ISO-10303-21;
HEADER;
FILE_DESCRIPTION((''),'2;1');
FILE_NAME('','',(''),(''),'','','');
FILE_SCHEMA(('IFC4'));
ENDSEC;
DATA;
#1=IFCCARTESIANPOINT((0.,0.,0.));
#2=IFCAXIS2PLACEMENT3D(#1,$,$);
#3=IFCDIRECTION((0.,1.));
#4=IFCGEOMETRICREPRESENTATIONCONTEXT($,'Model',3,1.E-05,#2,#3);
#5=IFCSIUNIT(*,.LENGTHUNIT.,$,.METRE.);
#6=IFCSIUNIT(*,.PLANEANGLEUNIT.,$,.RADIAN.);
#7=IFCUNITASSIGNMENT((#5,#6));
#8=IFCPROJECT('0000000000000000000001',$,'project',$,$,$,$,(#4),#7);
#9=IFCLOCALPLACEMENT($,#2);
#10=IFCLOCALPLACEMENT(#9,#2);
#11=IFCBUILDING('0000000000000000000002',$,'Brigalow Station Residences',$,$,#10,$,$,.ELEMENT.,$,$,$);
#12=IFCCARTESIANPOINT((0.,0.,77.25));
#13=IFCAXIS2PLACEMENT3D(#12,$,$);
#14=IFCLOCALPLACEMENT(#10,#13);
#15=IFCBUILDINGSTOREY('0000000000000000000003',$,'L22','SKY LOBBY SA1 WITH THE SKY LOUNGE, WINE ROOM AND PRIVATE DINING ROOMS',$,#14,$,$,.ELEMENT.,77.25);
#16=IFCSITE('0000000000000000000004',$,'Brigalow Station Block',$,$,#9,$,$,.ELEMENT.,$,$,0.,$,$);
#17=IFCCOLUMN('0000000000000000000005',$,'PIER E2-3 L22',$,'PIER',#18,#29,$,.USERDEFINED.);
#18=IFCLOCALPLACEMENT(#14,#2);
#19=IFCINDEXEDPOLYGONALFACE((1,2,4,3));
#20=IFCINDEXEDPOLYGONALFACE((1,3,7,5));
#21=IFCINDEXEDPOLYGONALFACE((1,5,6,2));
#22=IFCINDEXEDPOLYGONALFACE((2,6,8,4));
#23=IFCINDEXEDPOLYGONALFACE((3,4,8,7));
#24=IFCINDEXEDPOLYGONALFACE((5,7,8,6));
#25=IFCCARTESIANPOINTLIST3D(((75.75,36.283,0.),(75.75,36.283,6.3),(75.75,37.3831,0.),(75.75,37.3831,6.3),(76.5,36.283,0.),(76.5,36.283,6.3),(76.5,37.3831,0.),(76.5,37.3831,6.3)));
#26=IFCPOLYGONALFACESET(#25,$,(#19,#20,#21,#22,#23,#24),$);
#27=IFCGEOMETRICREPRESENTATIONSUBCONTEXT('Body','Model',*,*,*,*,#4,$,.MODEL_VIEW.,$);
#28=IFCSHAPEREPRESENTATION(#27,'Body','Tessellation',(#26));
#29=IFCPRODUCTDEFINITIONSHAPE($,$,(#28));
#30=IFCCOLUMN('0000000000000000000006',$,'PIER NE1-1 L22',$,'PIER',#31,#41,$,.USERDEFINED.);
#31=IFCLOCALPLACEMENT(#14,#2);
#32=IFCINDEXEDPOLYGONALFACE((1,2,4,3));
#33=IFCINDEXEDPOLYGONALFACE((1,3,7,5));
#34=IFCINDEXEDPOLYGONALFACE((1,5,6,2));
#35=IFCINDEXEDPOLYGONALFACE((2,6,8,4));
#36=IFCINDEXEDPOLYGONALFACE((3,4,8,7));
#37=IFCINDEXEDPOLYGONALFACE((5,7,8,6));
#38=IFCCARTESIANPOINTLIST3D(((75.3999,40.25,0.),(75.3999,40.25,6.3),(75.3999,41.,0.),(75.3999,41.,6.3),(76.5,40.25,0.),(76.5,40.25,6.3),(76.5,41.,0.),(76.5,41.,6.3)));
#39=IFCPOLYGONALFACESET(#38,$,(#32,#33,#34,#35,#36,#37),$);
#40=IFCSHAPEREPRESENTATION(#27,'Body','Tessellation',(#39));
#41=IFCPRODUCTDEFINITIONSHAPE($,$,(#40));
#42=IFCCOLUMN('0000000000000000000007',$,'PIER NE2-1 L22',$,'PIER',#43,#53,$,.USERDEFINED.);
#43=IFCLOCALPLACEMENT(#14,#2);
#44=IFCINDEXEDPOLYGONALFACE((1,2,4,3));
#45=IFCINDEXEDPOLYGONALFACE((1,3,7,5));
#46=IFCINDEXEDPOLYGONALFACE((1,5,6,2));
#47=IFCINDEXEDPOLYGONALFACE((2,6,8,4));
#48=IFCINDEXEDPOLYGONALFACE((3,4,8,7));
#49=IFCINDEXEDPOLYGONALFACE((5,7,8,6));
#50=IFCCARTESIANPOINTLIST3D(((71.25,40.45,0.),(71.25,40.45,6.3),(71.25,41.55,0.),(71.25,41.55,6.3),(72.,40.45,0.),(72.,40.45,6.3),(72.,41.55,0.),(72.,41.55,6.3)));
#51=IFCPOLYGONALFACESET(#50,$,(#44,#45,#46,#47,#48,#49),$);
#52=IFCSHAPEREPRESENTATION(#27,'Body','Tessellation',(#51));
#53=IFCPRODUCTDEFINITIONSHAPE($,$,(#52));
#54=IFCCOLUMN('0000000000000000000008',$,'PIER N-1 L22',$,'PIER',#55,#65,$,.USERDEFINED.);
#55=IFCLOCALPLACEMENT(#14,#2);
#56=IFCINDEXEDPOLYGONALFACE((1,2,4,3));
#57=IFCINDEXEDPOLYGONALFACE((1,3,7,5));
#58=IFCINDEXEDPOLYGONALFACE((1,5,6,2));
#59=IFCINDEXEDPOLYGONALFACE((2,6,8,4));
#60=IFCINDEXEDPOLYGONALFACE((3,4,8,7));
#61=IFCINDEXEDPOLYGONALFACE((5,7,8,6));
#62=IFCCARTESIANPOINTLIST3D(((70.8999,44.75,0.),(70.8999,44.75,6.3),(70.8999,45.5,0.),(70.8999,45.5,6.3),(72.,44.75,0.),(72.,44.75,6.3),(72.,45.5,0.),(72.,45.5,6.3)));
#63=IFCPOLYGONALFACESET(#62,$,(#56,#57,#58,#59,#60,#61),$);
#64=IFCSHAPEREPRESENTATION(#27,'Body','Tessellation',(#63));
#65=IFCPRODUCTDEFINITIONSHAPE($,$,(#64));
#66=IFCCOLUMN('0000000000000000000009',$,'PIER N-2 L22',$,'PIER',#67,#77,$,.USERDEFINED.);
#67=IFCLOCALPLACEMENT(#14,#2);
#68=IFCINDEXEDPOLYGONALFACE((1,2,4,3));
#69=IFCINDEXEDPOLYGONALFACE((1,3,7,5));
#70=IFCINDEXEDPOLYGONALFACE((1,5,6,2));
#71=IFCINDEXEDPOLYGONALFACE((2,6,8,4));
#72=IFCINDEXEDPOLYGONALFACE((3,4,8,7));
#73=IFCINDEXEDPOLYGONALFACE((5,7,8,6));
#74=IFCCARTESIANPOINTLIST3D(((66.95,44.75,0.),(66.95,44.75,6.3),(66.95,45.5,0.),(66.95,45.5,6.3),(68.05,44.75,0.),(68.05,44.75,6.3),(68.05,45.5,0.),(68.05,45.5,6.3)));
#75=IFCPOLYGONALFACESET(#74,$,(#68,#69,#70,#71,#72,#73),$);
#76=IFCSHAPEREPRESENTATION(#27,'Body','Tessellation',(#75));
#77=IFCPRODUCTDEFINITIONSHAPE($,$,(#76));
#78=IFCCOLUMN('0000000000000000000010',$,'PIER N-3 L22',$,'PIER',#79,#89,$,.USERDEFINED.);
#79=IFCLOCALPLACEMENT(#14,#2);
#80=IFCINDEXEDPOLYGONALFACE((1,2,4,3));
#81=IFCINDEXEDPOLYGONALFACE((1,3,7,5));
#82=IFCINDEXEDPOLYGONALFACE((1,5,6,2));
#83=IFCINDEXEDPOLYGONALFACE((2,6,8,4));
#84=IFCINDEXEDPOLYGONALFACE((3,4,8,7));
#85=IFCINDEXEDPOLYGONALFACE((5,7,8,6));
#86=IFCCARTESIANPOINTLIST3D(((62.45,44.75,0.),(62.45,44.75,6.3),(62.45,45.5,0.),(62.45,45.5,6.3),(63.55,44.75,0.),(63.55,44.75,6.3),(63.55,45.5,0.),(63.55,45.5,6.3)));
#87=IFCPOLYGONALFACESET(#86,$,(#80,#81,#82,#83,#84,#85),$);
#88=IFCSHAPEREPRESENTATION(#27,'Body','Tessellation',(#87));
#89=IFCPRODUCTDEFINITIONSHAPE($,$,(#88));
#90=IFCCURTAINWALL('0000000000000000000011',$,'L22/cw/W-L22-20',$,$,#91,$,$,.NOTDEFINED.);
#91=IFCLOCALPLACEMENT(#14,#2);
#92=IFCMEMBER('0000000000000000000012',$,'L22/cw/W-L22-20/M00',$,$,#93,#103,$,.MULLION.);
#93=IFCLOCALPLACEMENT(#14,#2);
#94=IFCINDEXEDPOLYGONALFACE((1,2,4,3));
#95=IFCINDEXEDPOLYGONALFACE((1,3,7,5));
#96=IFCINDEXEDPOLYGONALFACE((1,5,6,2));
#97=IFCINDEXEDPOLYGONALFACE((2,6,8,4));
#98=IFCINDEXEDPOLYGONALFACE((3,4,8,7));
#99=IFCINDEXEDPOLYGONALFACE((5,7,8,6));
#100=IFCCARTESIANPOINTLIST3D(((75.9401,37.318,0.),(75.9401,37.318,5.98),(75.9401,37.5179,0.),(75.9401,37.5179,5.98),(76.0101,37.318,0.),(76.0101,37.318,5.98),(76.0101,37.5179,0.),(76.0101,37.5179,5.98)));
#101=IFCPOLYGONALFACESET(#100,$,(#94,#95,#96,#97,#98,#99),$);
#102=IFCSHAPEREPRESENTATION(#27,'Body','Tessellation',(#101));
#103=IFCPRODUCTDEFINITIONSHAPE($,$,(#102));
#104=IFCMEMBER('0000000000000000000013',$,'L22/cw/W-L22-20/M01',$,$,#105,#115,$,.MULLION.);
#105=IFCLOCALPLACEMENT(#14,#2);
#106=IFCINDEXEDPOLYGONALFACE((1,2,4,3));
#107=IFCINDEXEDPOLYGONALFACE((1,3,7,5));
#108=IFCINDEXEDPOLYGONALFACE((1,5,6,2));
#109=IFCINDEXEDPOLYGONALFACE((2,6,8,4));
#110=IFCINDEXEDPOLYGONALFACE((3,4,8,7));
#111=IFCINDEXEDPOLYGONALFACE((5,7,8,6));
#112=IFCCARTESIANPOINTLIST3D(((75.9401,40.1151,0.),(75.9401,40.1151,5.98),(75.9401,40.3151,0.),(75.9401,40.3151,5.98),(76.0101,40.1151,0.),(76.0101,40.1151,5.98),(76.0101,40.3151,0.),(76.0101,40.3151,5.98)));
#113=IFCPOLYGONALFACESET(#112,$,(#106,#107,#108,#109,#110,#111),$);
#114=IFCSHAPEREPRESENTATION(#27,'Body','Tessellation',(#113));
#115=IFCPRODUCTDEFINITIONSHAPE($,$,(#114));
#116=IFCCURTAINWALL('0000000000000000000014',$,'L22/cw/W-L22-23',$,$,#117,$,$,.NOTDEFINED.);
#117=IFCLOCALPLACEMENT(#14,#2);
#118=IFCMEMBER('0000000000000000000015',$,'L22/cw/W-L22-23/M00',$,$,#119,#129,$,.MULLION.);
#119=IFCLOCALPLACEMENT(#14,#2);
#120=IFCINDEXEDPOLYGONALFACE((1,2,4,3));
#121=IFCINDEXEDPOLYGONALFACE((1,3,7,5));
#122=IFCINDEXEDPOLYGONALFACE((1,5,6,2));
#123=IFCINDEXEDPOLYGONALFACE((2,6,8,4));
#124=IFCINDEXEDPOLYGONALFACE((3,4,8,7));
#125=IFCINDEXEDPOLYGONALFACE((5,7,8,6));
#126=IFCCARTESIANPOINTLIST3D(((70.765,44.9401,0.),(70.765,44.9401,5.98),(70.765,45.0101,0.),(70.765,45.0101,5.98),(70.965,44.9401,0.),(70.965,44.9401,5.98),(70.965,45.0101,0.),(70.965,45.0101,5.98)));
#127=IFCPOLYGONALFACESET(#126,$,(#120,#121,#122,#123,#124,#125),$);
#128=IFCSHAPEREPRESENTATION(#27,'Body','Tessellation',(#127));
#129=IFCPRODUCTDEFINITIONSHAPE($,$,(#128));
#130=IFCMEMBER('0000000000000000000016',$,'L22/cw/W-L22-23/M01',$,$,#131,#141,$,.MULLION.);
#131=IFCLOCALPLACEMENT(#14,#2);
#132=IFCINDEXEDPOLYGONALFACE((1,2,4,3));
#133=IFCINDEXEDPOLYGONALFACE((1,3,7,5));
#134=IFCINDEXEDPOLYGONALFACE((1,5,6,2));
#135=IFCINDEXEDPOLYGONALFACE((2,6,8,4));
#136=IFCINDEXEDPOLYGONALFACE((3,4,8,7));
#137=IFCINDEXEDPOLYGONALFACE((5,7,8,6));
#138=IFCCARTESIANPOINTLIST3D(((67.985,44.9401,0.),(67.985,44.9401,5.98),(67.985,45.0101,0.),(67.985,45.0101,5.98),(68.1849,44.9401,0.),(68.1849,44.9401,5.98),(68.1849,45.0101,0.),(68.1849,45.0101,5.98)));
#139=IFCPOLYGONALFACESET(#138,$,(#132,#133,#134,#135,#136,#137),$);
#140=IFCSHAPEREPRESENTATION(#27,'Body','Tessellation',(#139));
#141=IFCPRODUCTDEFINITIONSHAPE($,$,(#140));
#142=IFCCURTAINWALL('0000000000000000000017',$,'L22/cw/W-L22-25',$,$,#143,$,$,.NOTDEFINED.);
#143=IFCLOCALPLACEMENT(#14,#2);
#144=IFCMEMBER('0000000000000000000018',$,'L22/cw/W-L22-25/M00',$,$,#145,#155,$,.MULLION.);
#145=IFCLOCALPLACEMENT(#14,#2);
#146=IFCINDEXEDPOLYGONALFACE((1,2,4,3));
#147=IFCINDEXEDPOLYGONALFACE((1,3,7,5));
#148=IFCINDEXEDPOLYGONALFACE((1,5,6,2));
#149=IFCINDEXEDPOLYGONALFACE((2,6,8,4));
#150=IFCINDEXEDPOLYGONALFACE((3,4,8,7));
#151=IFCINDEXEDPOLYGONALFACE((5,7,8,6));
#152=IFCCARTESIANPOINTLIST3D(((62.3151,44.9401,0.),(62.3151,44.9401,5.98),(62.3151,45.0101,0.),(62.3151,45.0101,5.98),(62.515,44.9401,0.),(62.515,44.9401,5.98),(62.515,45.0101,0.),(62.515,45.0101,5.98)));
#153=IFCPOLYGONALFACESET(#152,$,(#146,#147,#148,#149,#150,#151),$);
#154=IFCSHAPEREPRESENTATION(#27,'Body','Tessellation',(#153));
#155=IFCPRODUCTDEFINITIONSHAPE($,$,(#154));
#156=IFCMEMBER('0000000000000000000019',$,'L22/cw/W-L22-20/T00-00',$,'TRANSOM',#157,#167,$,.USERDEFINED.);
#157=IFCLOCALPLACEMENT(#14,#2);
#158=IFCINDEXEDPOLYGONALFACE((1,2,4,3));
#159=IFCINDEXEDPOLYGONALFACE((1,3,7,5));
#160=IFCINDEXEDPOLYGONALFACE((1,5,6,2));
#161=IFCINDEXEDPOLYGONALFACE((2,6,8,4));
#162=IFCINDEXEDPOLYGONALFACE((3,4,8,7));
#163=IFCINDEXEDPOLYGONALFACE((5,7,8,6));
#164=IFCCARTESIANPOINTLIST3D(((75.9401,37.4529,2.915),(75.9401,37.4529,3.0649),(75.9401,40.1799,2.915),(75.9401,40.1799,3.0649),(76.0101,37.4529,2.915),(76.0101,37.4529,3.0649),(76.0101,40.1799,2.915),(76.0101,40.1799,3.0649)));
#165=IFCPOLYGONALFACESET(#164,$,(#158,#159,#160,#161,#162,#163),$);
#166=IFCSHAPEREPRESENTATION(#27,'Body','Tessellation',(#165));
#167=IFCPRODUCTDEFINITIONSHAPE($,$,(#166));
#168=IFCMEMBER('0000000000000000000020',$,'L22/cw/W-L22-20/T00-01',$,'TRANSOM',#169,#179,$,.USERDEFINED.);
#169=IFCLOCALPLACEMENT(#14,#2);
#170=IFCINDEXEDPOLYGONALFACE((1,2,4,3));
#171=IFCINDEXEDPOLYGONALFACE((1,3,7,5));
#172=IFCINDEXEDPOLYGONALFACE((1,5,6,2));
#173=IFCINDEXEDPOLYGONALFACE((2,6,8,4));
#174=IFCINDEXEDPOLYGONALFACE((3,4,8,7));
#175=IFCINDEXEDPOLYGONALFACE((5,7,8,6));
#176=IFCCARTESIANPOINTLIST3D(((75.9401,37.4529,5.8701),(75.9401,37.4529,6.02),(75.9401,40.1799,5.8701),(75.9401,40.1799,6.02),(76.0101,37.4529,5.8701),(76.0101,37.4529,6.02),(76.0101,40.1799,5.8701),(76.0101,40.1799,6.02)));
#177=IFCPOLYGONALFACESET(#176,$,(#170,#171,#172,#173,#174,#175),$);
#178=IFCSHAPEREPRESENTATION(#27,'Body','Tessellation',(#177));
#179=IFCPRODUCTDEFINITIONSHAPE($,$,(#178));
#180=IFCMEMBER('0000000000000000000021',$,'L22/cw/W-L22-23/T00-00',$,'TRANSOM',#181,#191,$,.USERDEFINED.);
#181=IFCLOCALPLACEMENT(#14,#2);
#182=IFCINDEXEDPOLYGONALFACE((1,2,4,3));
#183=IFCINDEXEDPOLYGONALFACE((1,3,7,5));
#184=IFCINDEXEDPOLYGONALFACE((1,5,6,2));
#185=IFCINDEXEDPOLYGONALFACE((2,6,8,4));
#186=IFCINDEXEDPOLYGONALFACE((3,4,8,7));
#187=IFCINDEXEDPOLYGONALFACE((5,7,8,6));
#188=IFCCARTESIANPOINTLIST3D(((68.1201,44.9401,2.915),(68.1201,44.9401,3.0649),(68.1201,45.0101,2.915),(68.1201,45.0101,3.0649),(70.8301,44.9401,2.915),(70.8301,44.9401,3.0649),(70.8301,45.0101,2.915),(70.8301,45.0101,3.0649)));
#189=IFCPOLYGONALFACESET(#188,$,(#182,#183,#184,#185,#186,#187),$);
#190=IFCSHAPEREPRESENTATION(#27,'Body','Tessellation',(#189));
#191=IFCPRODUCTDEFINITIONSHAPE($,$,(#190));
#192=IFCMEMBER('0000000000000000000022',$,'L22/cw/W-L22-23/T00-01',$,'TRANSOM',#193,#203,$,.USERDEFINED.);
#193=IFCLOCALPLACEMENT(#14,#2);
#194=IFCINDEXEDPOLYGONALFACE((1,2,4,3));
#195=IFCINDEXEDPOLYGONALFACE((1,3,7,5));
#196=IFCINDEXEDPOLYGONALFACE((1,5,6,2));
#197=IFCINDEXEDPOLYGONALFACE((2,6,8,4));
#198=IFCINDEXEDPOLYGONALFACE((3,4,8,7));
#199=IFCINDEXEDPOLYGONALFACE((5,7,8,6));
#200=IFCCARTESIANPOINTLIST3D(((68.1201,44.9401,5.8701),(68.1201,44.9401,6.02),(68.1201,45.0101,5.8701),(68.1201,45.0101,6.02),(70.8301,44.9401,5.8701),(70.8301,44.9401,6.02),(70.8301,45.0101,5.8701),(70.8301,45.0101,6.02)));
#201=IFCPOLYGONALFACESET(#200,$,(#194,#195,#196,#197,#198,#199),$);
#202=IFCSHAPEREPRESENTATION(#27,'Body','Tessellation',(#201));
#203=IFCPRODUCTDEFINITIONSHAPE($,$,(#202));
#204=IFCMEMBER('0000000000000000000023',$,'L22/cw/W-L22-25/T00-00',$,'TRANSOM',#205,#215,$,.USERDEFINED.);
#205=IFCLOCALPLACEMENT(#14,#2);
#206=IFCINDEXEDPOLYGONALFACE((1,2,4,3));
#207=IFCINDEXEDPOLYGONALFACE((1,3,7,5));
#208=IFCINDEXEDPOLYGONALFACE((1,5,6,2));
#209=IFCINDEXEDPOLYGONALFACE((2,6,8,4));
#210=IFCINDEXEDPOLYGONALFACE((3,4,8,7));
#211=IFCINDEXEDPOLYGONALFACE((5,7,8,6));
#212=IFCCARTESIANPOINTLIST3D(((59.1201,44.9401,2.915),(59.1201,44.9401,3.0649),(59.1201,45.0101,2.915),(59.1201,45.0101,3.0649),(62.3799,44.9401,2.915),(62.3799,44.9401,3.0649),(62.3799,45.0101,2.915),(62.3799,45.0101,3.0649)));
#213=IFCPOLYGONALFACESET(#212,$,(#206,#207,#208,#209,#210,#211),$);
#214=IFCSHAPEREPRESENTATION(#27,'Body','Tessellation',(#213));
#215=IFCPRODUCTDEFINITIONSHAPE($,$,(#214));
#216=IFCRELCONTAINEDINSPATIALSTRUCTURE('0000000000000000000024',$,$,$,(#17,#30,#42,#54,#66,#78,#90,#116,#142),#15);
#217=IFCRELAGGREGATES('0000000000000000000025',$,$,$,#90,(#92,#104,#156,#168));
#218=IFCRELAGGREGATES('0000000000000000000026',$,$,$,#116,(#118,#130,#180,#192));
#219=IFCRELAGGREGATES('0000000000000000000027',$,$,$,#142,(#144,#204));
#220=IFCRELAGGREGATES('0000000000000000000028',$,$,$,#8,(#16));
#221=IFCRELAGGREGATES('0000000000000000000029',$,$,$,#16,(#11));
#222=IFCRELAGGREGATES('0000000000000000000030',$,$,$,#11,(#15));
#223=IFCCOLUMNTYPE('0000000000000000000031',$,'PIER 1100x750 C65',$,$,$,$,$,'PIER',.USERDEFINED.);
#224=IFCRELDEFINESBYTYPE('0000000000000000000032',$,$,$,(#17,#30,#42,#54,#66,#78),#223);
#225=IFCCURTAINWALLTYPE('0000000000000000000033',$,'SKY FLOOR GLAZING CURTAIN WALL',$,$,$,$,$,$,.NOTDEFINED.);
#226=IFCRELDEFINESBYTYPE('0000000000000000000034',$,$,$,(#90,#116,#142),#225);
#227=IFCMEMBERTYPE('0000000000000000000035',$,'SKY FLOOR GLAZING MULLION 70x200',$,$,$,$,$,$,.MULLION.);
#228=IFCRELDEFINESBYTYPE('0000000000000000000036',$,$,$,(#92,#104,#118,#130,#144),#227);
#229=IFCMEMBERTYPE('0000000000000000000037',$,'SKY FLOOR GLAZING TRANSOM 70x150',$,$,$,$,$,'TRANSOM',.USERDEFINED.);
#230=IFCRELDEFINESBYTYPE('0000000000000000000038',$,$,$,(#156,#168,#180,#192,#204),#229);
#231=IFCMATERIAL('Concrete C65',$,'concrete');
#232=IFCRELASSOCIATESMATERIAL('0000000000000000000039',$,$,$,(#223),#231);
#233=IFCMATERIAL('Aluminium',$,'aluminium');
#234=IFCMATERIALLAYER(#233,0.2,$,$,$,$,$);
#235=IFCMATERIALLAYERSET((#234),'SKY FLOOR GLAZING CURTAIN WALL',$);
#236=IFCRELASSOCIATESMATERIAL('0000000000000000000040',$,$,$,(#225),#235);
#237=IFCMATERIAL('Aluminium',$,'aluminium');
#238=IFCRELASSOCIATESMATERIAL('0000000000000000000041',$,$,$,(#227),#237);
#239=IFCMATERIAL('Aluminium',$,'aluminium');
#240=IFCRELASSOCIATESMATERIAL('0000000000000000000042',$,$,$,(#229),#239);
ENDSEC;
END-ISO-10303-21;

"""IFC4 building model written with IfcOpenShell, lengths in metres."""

from ifc_helpers import new_model, si_unit, direction, frame, origin, origin_2d, place, context, subcontext, project, spatial, rectangle, extrude, material, layer, layer_set, material_profile, profile_set, type_object, element, aggregate, save


model = new_model("IFC4")

# Units and contexts
model_context = context("Model", 3, precision=1e-05, world=origin(), true_north=direction((0.0, 1.0)))
body_context = subcontext(model_context, "Body", "Model", "MODEL_VIEW")
ifc_project = project(units=[si_unit("LENGTHUNIT", "METRE"), si_unit("PLANEANGLEUNIT", "RADIAN")], contexts=[model_context])

# Site, building, storey
site_placement = place(None, origin())
site = spatial("IfcSite", under=ifc_project, at=site_placement, Name="Brigalow Station Block", CompositionType="ELEMENT", RefElevation=0.0)
building_placement = place(site_placement, origin())
building = spatial("IfcBuilding", under=site, at=building_placement, Name="Brigalow Station Residences", CompositionType="ELEMENT")
storey_placement = place(building_placement, frame((0.0, 0.0, 77.25)))
storey = spatial("IfcBuildingStorey", under=building, at=storey_placement, Name="L22", Description="SKY LOBBY SA1 WITH THE SKY LOUNGE, WINE ROOM AND PRIVATE DINING ROOMS", CompositionType="ELEMENT", Elevation=77.25)

# Columns
ifc_material_1 = material(Name="Concrete C65", Category="concrete")
ifc_material_profile_1 = material_profile(ifc_material_1, rectangle(XDim=1.1001, YDim=0.75, at=origin_2d()), Name="RC1100x750")
ifc_profile_set_1 = profile_set([ifc_material_profile_1], Name="Concrete C65")
column_type = type_object("IfcColumnType", Name="PIER 1100x750 C65", ElementType="PIER", PredefinedType="USERDEFINED", material=ifc_profile_set_1)
for number, where, z_axis, x_axis, name in (
    (1, (76.125, 36.833, 0.0), (0.0, 0.0, 1.0), (0.0, 1.0, 0.0), "PIER E2-3 L22"),
    (2, (75.95, 40.625, 0.0), (0.0, 0.0, 1.0), (-1.0, 0.0, 0.0), "PIER NE1-1 L22"),
    (3, (71.625, 41.0, 0.0), (0.0, 0.0, 1.0), (0.0, 1.0, 0.0), "PIER NE2-1 L22"),
    (4, (71.45, 45.125, 0.0), (0.0, 0.0, 1.0), (-1.0, 0.0, 0.0), "PIER N-1 L22"),
    (5, (67.5, 45.125, 0.0), (0.0, 0.0, 1.0), (-1.0, 0.0, 0.0), "PIER N-2 L22"),
    (6, (63.0, 45.125, 0.0), (0.0, 0.0, 1.0), (-1.0, 0.0, 0.0), "PIER N-3 L22"),
):
    element("IfcColumn", number, at=place(storey_placement, frame(where, z_axis=z_axis, x_axis=x_axis)), inside=storey, type_object=column_type, Name=name, ObjectType="PIER", PredefinedType="USERDEFINED", context=body_context, shape_type="SweptSolid", body=[
        extrude(rectangle(XDim=1.1001, YDim=0.75, at=origin_2d()), origin(), (0.0, 0.0, 1.0), 6.3),
    ])

# Curtain walls, members
ifc_material_2 = material(Name="Aluminium", Category="aluminium")
ifc_layer_1 = layer(ifc_material_2, 0.2)
ifc_layer_set_1 = layer_set([ifc_layer_1], Name="SKY FLOOR GLAZING CURTAIN WALL")
curtain_wall_type = type_object("IfcCurtainWallType", Name="SKY FLOOR GLAZING CURTAIN WALL", PredefinedType="NOTDEFINED", material=ifc_layer_set_1)
curtain_wall_1_placement = place(storey_placement, origin())
curtain_wall_1 = element("IfcCurtainWall", 7, at=curtain_wall_1_placement, inside=storey, type_object=curtain_wall_type, Name="L22/cw/W-L22-20", PredefinedType="NOTDEFINED")
ifc_material_3 = material(Name="Aluminium", Category="aluminium")
ifc_material_profile_2 = material_profile(ifc_material_3, rectangle(XDim=0.0701, YDim=0.2, at=origin_2d()), Name="SKY FLOOR GLAZING MULLION 70x200")
ifc_profile_set_2 = profile_set([ifc_material_profile_2], Name="Aluminium")
member_type_1 = type_object("IfcMemberType", Name="SKY FLOOR GLAZING MULLION 70x200", PredefinedType="MULLION", material=ifc_profile_set_2)
member_1_placement = place(storey_placement, frame((75.9751, 37.418, 0.0), z_axis=(0.0, 0.0, 1.0), x_axis=(-1.0, 0.0, 0.0)))
member_1 = element("IfcMember", 8, at=member_1_placement, type_object=member_type_1, Name="L22/cw/W-L22-20/M00", PredefinedType="MULLION", context=body_context, shape_type="SweptSolid", body=[
    extrude(rectangle(XDim=0.0701, YDim=0.2, at=origin_2d()), origin(), (0.0, 0.0, 1.0), 5.98),
])
member_2_placement = place(storey_placement, frame((75.9751, 40.2151, 0.0), z_axis=(0.0, 0.0, 1.0), x_axis=(-1.0, 0.0, 0.0)))
member_2 = element("IfcMember", 9, at=member_2_placement, type_object=member_type_1, Name="L22/cw/W-L22-20/M01", PredefinedType="MULLION", context=body_context, shape_type="SweptSolid", body=[
    extrude(rectangle(XDim=0.0701, YDim=0.2, at=origin_2d()), origin(), (0.0, 0.0, 1.0), 5.98),
])
curtain_wall_2_placement = place(storey_placement, origin())
curtain_wall_2 = element("IfcCurtainWall", 10, at=curtain_wall_2_placement, inside=storey, type_object=curtain_wall_type, Name="L22/cw/W-L22-23", PredefinedType="NOTDEFINED")
member_3_placement = place(storey_placement, frame((70.865, 44.9751, 0.0), z_axis=(0.0, 0.0, 1.0), x_axis=(0.0, -1.0, 0.0)))
member_3 = element("IfcMember", 11, at=member_3_placement, type_object=member_type_1, Name="L22/cw/W-L22-23/M00", PredefinedType="MULLION", context=body_context, shape_type="SweptSolid", body=[
    extrude(rectangle(XDim=0.0701, YDim=0.2, at=origin_2d()), origin(), (0.0, 0.0, 1.0), 5.98),
])
member_4_placement = place(storey_placement, frame((68.085, 44.9751, 0.0), z_axis=(0.0, 0.0, 1.0), x_axis=(0.0, -1.0, 0.0)))
member_4 = element("IfcMember", 12, at=member_4_placement, type_object=member_type_1, Name="L22/cw/W-L22-23/M01", PredefinedType="MULLION", context=body_context, shape_type="SweptSolid", body=[
    extrude(rectangle(XDim=0.0701, YDim=0.2, at=origin_2d()), origin(), (0.0, 0.0, 1.0), 5.98),
])

# Curtain wall, member
curtain_wall_3_placement = place(storey_placement, origin())
curtain_wall_3 = element("IfcCurtainWall", 13, at=curtain_wall_3_placement, inside=storey, type_object=curtain_wall_type, Name="L22/cw/W-L22-25", PredefinedType="NOTDEFINED")
member_5_placement = place(storey_placement, frame((62.415, 44.9751, 0.0), z_axis=(0.0, 0.0, 1.0), x_axis=(0.0, -1.0, 0.0)))
member_5 = element("IfcMember", 14, at=member_5_placement, type_object=member_type_1, Name="L22/cw/W-L22-25/M00", PredefinedType="MULLION", context=body_context, shape_type="SweptSolid", body=[
    extrude(rectangle(XDim=0.0701, YDim=0.2, at=origin_2d()), origin(), (0.0, 0.0, 1.0), 5.98),
])

# Members
ifc_material_4 = material(Name="Aluminium", Category="aluminium")
ifc_material_profile_3 = material_profile(ifc_material_4, rectangle(XDim=0.0701, YDim=0.1499, at=origin_2d()), Name="SKY FLOOR GLAZING TRANSOM 70x150")
ifc_profile_set_3 = profile_set([ifc_material_profile_3], Name="Aluminium")
member_type_2 = type_object("IfcMemberType", Name="SKY FLOOR GLAZING TRANSOM 70x150", ElementType="TRANSOM", PredefinedType="USERDEFINED", material=ifc_profile_set_3)
member_6_placement = place(storey_placement, frame((75.9751, 37.4529, 2.99), z_axis=(0.0, 1.0, 0.0), x_axis=(-1.0, 0.0, 0.0)))
member_6 = element("IfcMember", 15, at=member_6_placement, type_object=member_type_2, Name="L22/cw/W-L22-20/T00-00", ObjectType="TRANSOM", PredefinedType="USERDEFINED", context=body_context, shape_type="SweptSolid", body=[
    extrude(rectangle(XDim=0.0701, YDim=0.1499, at=origin_2d()), origin(), (0.0, 0.0, 1.0), 2.7271),
])
member_7_placement = place(storey_placement, frame((75.9751, 37.4529, 5.9451), z_axis=(0.0, 1.0, 0.0), x_axis=(-1.0, 0.0, 0.0)))
member_7 = element("IfcMember", 16, at=member_7_placement, type_object=member_type_2, Name="L22/cw/W-L22-20/T00-01", ObjectType="TRANSOM", PredefinedType="USERDEFINED", context=body_context, shape_type="SweptSolid", body=[
    extrude(rectangle(XDim=0.0701, YDim=0.1499, at=origin_2d()), origin(), (0.0, 0.0, 1.0), 2.7271),
])
member_8_placement = place(storey_placement, frame((70.8301, 44.9751, 2.99), z_axis=(-1.0, 0.0, 0.0), x_axis=(0.0, -1.0, 0.0)))
member_8 = element("IfcMember", 17, at=member_8_placement, type_object=member_type_2, Name="L22/cw/W-L22-23/T00-00", ObjectType="TRANSOM", PredefinedType="USERDEFINED", context=body_context, shape_type="SweptSolid", body=[
    extrude(rectangle(XDim=0.0701, YDim=0.1499, at=origin_2d()), origin(), (0.0, 0.0, 1.0), 2.71),
])
member_9_placement = place(storey_placement, frame((70.8301, 44.9751, 5.9451), z_axis=(-1.0, 0.0, 0.0), x_axis=(0.0, -1.0, 0.0)))
member_9 = element("IfcMember", 18, at=member_9_placement, type_object=member_type_2, Name="L22/cw/W-L22-23/T00-01", ObjectType="TRANSOM", PredefinedType="USERDEFINED", context=body_context, shape_type="SweptSolid", body=[
    extrude(rectangle(XDim=0.0701, YDim=0.1499, at=origin_2d()), origin(), (0.0, 0.0, 1.0), 2.71),
])
member_10_placement = place(storey_placement, frame((62.3799, 44.9751, 2.99), z_axis=(-1.0, 0.0, 0.0), x_axis=(0.0, -1.0, 0.0)))
member_10 = element("IfcMember", 19, at=member_10_placement, type_object=member_type_2, Name="L22/cw/W-L22-25/T00-00", ObjectType="TRANSOM", PredefinedType="USERDEFINED", context=body_context, shape_type="SweptSolid", body=[
    extrude(rectangle(XDim=0.0701, YDim=0.1499, at=origin_2d()), origin(), (0.0, 0.0, 1.0), 3.2598),
])

aggregate(curtain_wall_1, [member_1, member_2, member_6, member_7])
aggregate(curtain_wall_2, [member_3, member_4, member_8, member_9])
aggregate(curtain_wall_3, [member_5, member_10])

save(model, "model.ifc")
